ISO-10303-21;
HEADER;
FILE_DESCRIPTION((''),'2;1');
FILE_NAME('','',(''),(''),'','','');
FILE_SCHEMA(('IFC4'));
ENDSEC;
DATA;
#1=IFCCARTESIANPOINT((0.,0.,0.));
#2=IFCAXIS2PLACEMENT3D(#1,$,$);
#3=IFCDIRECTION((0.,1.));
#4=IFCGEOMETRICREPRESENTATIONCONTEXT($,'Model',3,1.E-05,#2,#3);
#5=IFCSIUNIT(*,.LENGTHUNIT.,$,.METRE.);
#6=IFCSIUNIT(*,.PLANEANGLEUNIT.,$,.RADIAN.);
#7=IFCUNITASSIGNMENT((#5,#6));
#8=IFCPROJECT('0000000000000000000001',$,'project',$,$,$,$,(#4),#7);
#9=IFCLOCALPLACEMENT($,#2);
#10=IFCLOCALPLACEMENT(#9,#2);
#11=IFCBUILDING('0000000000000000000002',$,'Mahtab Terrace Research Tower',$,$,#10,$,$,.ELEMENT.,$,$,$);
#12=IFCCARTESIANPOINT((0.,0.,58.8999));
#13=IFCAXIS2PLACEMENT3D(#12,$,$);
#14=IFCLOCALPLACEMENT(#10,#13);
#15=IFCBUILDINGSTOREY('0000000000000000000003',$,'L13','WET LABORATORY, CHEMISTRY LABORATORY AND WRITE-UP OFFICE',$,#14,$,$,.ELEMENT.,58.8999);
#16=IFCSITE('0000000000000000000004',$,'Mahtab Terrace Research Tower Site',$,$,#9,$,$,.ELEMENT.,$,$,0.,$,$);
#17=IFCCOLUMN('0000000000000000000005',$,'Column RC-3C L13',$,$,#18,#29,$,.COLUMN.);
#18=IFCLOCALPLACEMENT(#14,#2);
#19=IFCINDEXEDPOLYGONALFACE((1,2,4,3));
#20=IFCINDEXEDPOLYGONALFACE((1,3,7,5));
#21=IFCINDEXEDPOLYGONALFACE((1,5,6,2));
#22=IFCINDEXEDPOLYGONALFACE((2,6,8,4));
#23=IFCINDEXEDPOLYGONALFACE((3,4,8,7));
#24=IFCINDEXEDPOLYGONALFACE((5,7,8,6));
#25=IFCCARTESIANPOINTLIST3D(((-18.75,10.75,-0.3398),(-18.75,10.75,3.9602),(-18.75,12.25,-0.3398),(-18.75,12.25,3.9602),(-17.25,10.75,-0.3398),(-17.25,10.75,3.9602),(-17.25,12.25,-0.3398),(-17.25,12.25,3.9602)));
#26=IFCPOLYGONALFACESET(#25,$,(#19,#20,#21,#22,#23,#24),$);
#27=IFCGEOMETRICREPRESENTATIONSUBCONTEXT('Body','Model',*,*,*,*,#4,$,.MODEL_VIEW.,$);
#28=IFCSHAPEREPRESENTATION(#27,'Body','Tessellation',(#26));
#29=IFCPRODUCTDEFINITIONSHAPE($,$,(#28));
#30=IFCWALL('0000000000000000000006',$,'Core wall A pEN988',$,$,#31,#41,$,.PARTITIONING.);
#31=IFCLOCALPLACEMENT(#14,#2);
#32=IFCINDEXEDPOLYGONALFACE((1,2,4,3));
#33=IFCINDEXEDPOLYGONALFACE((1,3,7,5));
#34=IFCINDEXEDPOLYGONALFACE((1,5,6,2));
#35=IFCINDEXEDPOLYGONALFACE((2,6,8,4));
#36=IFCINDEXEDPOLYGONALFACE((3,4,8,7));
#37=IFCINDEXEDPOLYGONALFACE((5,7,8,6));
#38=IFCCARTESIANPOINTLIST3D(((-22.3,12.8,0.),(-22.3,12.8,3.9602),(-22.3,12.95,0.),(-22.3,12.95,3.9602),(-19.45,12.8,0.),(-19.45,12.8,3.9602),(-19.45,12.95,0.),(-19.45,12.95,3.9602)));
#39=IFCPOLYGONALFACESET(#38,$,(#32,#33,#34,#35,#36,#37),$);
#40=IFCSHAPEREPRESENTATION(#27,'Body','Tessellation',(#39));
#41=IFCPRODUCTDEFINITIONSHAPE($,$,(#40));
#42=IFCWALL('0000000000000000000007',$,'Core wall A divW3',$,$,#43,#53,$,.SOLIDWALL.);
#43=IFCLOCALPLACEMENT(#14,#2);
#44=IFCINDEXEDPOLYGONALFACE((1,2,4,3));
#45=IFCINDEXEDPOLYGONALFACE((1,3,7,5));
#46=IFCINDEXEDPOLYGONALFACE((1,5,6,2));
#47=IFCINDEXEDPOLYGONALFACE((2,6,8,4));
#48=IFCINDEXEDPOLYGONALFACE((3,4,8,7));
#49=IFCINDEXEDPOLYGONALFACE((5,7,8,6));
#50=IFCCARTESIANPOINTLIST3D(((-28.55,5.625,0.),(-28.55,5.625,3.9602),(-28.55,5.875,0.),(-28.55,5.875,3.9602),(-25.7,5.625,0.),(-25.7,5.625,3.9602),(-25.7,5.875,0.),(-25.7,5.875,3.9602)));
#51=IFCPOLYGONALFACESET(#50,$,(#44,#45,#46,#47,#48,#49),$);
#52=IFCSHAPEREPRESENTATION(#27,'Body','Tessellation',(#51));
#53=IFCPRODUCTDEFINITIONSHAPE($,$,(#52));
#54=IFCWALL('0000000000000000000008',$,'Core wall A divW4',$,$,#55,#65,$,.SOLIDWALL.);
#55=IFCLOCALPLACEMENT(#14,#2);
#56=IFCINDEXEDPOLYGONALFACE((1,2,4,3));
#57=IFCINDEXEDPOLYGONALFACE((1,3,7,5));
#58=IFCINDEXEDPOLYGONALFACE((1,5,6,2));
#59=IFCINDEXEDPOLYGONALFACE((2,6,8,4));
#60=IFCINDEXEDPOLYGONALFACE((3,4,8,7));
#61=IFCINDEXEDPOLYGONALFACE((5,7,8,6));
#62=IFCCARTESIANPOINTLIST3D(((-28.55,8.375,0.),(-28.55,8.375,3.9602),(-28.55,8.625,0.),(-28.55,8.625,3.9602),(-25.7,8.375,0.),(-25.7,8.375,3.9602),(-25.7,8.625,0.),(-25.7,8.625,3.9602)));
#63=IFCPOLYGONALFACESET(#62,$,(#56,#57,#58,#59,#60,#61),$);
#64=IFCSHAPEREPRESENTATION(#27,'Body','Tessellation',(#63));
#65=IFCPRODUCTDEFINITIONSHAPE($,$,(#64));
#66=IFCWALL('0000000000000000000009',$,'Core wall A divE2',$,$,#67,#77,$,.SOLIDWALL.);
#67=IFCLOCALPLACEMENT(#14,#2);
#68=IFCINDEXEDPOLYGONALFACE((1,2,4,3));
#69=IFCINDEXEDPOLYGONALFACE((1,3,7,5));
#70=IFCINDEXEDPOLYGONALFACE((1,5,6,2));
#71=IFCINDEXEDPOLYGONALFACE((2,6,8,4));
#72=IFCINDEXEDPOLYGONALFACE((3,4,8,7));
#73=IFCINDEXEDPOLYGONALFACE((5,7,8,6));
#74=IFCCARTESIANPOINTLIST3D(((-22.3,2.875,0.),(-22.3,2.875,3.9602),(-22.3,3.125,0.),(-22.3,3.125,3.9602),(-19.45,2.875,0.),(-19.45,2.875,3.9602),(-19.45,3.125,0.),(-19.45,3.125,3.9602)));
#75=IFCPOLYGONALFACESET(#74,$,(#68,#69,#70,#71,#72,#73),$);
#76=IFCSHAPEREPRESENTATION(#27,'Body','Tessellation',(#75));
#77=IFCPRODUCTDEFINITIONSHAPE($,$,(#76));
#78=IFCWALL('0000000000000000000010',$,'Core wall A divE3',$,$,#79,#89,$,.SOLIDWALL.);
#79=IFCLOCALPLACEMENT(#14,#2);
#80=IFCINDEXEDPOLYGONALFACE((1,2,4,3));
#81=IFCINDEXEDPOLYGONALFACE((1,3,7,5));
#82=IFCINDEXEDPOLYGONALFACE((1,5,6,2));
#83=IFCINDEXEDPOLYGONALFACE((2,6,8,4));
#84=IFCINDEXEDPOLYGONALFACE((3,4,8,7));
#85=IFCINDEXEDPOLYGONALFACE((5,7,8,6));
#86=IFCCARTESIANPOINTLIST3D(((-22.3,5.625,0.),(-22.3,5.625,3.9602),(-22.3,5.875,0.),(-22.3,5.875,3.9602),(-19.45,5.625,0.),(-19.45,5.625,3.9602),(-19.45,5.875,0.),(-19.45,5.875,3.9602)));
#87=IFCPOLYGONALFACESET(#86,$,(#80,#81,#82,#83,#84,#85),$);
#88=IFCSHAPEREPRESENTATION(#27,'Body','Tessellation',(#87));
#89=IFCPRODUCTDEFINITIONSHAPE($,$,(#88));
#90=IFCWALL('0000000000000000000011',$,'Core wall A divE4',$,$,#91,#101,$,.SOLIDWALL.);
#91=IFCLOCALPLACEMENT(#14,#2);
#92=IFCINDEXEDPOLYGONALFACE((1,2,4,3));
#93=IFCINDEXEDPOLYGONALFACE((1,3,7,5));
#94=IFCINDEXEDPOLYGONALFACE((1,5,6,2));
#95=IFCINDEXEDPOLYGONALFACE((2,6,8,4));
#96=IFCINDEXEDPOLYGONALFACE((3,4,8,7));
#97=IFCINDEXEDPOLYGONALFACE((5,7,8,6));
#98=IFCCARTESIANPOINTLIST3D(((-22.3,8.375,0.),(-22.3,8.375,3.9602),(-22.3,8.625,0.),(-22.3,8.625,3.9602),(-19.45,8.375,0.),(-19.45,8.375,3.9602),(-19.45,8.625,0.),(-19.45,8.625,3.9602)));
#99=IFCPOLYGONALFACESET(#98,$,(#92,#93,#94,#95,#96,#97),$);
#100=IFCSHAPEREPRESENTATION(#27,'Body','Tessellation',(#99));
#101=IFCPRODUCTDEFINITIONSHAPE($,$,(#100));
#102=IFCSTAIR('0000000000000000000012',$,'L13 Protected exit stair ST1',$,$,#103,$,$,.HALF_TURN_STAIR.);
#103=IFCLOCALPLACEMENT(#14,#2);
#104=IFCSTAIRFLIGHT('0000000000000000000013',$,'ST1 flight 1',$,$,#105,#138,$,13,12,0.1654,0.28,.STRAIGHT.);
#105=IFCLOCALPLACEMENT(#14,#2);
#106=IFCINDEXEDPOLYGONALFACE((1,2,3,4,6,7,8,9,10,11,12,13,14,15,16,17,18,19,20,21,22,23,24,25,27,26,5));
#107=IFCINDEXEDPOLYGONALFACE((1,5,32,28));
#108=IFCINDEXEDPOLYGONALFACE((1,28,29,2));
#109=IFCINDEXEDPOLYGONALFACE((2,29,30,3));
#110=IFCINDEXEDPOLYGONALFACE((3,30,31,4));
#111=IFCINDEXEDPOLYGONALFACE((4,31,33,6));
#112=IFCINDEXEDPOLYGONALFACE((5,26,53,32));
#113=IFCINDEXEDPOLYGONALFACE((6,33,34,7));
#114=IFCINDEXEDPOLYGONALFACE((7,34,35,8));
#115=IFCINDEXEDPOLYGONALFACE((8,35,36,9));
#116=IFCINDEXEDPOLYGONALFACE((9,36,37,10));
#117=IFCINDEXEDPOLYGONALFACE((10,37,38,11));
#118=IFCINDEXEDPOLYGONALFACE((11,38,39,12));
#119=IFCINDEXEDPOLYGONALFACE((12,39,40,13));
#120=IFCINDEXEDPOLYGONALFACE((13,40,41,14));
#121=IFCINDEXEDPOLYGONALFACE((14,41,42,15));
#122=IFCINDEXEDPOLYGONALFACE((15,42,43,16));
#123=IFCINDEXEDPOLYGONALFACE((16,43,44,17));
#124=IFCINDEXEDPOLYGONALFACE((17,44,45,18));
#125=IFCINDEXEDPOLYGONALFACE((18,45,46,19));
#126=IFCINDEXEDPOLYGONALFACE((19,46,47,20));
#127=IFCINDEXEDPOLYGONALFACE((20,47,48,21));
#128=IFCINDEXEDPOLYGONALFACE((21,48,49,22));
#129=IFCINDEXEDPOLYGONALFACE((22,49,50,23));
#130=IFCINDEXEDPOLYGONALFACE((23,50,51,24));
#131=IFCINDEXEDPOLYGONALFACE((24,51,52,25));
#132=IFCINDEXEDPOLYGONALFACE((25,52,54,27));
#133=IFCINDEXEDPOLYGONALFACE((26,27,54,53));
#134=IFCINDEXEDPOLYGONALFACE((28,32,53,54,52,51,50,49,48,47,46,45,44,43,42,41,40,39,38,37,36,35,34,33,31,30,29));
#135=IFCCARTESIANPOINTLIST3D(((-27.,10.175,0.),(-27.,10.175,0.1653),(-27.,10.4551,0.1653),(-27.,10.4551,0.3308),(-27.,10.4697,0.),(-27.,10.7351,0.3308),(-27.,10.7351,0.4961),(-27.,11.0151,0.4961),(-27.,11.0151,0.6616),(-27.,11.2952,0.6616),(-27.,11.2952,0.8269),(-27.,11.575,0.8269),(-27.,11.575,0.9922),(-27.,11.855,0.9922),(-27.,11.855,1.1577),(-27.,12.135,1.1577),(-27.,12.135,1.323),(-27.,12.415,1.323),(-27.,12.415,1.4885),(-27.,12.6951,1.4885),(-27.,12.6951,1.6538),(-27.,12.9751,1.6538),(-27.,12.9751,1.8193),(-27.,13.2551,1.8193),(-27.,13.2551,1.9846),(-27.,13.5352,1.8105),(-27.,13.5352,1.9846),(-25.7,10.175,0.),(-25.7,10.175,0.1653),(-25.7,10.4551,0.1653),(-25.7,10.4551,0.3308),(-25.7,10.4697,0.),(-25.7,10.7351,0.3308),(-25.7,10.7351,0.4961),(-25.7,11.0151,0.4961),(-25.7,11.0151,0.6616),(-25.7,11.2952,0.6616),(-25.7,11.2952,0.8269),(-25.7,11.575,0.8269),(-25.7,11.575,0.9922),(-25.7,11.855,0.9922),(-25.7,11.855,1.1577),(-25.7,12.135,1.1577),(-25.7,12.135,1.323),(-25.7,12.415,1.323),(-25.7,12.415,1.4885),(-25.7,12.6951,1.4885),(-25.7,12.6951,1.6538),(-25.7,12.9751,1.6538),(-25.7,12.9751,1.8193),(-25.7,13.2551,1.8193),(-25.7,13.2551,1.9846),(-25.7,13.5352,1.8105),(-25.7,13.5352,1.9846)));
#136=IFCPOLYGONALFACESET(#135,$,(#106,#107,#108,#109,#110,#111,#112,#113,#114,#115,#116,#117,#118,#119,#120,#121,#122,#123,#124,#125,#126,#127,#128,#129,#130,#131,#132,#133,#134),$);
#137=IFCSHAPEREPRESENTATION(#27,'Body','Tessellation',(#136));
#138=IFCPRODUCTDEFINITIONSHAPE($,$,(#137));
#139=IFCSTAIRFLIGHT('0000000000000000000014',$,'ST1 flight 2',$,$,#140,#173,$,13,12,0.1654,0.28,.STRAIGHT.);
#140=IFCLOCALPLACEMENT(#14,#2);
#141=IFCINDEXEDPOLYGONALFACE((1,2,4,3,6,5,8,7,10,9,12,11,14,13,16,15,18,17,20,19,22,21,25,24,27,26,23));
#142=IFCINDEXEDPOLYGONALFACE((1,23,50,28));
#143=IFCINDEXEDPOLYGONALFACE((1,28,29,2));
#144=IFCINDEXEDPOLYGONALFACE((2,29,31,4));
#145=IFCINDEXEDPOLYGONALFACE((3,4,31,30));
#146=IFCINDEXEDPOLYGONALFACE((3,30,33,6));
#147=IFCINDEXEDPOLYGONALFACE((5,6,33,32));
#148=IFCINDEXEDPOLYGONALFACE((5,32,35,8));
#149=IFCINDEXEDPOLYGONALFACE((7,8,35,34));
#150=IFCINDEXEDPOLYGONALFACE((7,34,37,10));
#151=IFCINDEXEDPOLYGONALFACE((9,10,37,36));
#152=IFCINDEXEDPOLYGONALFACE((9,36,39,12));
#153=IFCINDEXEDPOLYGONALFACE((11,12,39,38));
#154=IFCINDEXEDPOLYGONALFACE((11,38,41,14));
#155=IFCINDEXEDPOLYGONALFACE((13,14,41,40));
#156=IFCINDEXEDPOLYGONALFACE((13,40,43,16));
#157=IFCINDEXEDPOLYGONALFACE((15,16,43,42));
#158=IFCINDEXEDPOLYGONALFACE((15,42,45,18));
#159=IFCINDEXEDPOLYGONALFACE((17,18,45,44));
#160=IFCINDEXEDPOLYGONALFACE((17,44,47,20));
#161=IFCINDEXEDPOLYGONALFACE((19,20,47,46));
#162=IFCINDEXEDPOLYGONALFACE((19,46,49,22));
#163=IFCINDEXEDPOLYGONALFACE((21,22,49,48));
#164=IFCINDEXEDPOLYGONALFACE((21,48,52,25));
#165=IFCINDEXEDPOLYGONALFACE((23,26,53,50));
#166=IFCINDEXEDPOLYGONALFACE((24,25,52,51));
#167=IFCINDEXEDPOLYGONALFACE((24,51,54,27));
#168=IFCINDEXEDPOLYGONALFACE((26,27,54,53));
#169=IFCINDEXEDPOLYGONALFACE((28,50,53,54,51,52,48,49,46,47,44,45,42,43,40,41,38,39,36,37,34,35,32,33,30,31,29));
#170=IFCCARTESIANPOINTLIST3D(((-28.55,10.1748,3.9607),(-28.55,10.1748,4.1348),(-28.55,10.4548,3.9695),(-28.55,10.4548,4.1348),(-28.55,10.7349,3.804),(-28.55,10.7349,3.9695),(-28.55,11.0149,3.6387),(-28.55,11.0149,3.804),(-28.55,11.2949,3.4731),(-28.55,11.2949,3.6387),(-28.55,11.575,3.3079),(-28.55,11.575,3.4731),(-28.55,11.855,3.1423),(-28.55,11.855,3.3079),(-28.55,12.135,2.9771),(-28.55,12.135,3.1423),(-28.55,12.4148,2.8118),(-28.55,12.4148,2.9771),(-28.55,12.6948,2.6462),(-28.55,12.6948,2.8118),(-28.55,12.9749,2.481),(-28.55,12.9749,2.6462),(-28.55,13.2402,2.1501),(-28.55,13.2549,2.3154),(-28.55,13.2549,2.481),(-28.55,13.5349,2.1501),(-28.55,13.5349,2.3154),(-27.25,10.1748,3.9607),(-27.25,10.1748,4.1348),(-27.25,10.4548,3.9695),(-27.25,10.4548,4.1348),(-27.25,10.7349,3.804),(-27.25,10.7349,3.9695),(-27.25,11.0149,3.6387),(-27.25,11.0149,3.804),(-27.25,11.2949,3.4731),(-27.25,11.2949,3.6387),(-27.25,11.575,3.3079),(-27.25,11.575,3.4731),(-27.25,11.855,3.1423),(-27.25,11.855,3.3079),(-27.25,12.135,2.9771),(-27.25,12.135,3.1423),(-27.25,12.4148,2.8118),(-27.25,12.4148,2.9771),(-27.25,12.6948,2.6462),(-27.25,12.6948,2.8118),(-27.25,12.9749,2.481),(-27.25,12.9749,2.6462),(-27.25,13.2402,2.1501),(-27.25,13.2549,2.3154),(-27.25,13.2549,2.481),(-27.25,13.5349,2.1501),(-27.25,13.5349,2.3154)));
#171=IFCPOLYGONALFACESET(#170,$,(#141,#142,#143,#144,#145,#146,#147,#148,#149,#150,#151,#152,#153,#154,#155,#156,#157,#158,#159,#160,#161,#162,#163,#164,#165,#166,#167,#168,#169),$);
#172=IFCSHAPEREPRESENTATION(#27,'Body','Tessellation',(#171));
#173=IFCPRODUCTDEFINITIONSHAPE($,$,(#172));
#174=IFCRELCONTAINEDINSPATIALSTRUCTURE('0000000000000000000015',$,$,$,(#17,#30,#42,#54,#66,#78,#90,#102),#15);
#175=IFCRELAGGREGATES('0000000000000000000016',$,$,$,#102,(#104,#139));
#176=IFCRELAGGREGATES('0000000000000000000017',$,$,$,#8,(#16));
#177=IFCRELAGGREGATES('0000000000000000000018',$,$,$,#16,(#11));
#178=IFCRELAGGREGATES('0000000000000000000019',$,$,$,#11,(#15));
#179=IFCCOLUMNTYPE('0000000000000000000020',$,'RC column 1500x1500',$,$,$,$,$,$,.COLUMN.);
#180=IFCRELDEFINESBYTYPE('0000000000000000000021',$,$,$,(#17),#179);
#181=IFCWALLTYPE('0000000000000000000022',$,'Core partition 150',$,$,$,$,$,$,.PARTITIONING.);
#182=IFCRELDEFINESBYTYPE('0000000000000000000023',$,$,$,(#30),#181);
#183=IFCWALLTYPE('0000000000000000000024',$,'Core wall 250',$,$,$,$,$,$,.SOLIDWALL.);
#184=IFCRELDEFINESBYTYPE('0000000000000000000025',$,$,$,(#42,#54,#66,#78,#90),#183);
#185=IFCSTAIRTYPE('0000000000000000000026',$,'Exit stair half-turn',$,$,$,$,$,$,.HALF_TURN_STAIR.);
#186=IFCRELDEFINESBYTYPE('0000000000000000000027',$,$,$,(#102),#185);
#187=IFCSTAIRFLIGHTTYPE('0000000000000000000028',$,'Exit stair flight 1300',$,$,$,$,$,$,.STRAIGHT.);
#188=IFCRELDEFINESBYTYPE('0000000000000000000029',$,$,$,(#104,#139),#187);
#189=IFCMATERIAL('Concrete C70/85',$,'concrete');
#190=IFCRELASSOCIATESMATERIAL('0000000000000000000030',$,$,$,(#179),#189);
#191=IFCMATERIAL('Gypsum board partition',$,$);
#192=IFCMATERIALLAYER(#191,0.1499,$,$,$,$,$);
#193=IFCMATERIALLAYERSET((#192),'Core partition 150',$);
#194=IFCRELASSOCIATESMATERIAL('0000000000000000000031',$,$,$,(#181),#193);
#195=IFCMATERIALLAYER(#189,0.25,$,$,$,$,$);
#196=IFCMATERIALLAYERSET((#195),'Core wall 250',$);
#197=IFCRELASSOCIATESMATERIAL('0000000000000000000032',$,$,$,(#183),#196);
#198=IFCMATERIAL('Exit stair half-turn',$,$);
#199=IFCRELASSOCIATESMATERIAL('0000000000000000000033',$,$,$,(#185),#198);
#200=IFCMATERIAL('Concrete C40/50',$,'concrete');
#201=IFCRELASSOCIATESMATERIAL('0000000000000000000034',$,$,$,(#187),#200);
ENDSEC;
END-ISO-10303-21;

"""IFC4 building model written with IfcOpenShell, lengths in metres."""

from ifc_helpers import new_model, si_unit, direction, frame, frame_2d, origin, origin_2d, place, context, subcontext, project, spatial, polyline, rectangle, outline, extrude, material, layer, layer_set, material_profile, profile_set, type_object, element, aggregate, save


model = new_model("IFC4")

# Units and contexts
model_context = context("Model", 3, precision=1e-05, world=origin(), true_north=direction((0.0, 1.0)))
body_context = subcontext(model_context, "Body", "Model", "MODEL_VIEW")
ifc_project = project(units=[si_unit("LENGTHUNIT", "METRE"), si_unit("PLANEANGLEUNIT", "RADIAN")], contexts=[model_context])

# Site, building, storey
site_placement = place(None, origin())
site = spatial("IfcSite", under=ifc_project, at=site_placement, Name="Mahtab Terrace Research Tower Site", CompositionType="ELEMENT", RefElevation=0.0)
building_placement = place(site_placement, origin())
building = spatial("IfcBuilding", under=site, at=building_placement, Name="Mahtab Terrace Research Tower", CompositionType="ELEMENT")
storey_placement = place(building_placement, frame((0.0, 0.0, 58.8999)))
storey = spatial("IfcBuildingStorey", under=building, at=storey_placement, Name="L13", Description="WET LABORATORY, CHEMISTRY LABORATORY AND WRITE-UP OFFICE", CompositionType="ELEMENT", Elevation=58.8999)

# Column
ifc_material_1 = material(Name="Concrete C70/85", Category="concrete")
ifc_material_profile = material_profile(ifc_material_1, rectangle(XDim=1.5, YDim=1.5, at=origin_2d()), Name="RC column 1500x1500")
ifc_profile_set = profile_set([ifc_material_profile], Name="Concrete C70/85")
column_type = type_object("IfcColumnType", Name="RC column 1500x1500", PredefinedType="COLUMN", material=ifc_profile_set)
column_placement = place(storey_placement, frame((-18.0, 11.5, -0.3398), z_axis=(0.0, 0.0, 1.0), x_axis=(1.0, 0.0, 0.0)))
element("IfcColumn", 1, at=column_placement, inside=storey, type_object=column_type, Name="Column RC-3C L13", PredefinedType="COLUMN", context=body_context, shape_type="SweptSolid", body=[
    extrude(rectangle(XDim=1.5, YDim=1.5, at=origin_2d()), origin(), (0.0, 0.0, 1.0), 4.3),
])

# Walls
ifc_material_2 = material(Name="Gypsum board partition")
ifc_layer_1 = layer(ifc_material_2, 0.1499)
ifc_layer_set_1 = layer_set([ifc_layer_1], Name="Core partition 150")
wall_type_1 = type_object("IfcWallType", Name="Core partition 150", PredefinedType="PARTITIONING", material=ifc_layer_set_1)
wall_placement = place(storey_placement, frame((-22.3, 12.875, 0.0), z_axis=(0.0, 0.0, 1.0), x_axis=(1.0, 0.0, 0.0)))
element("IfcWall", 2, at=wall_placement, inside=storey, type_object=wall_type_1, Name="Core wall A pEN988", PredefinedType="PARTITIONING", context=body_context, shape_type="SweptSolid", body=[
    extrude(rectangle(XDim=2.8501, YDim=0.1499, at=frame_2d((1.425, 0.0))), origin(), (0.0, 0.0, 1.0), 3.9602),
])
ifc_layer_2 = layer(ifc_material_1, 0.25)
ifc_layer_set_2 = layer_set([ifc_layer_2], Name="Core wall 250")
wall_type_2 = type_object("IfcWallType", Name="Core wall 250", PredefinedType="SOLIDWALL", material=ifc_layer_set_2)
for number, where, z_axis, x_axis, name in (
    (3, (-28.55, 5.75, 0.0), (0.0, 0.0, 1.0), (1.0, 0.0, 0.0), "Core wall A divW3"),
    (4, (-28.55, 8.5, 0.0), (0.0, 0.0, 1.0), (1.0, 0.0, 0.0), "Core wall A divW4"),
    (5, (-22.3, 3.0, 0.0), (0.0, 0.0, 1.0), (1.0, 0.0, 0.0), "Core wall A divE2"),
    (6, (-22.3, 5.75, 0.0), (0.0, 0.0, 1.0), (1.0, 0.0, 0.0), "Core wall A divE3"),
    (7, (-22.3, 8.5, 0.0), (0.0, 0.0, 1.0), (1.0, 0.0, 0.0), "Core wall A divE4"),
):
    element("IfcWall", number, at=place(storey_placement, frame(where, z_axis=z_axis, x_axis=x_axis)), inside=storey, type_object=wall_type_2, Name=name, PredefinedType="SOLIDWALL", context=body_context, shape_type="SweptSolid", body=[
        extrude(rectangle(XDim=2.8501, YDim=0.25, at=frame_2d((1.425, 0.0))), origin(), (0.0, 0.0, 1.0), 3.9602),
    ])

# Stair, stair flights
ifc_material_3 = material(Name="Exit stair half-turn")
stair_type = type_object("IfcStairType", Name="Exit stair half-turn", PredefinedType="HALF_TURN_STAIR", material=ifc_material_3)
stair_placement = place(storey_placement, origin())
stair = element("IfcStair", 8, at=stair_placement, inside=storey, type_object=stair_type, Name="L13 Protected exit stair ST1", PredefinedType="HALF_TURN_STAIR")
ifc_material_4 = material(Name="Concrete C40/50", Category="concrete")
stair_flight_type = type_object("IfcStairFlightType", Name="Exit stair flight 1300", PredefinedType="STRAIGHT", material=ifc_material_4)
stair_flight_1_placement = place(storey_placement, frame((-26.3501, 10.175, 0.0), z_axis=(0.0, 0.0, 1.0), x_axis=(0.0, 1.0, 0.0)))
stair_flight_1 = element("IfcStairFlight", 9, at=stair_flight_1_placement, type_object=stair_flight_type, Name="ST1 flight 1", NumberOfRisers=13, NumberOfTreads=12, PredefinedType="STRAIGHT", RiserHeight=0.1654, TreadLength=0.28, context=body_context, shape_type="SweptSolid", body=[
    extrude(outline(polyline([(0.0, 0.0), (0.0, 0.1653), (0.28, 0.1653), (0.28, 0.3308), (0.5601, 0.3308), (0.5601, 0.4961), (0.8401, 0.4961), (0.8401, 0.6616), (1.1201, 0.6616), (1.1201, 0.8269), (1.3999, 0.8269), (1.3999, 0.9922), (1.6799, 0.9922), (1.6799, 1.1577), (1.96, 1.1577), (1.96, 1.323), (2.24, 1.323), (2.24, 1.4885), (2.52, 1.4885), (2.52, 1.6538), (2.8, 1.6538), (2.8, 1.8193), (3.0801, 1.8193), (3.0801, 1.9846), (3.3601, 1.9846), (3.3601, 2.1499), (3.3601, 1.8105), (0.2947, 0.0), (0.0, 0.0)])), frame((0.0, 0.6499, 0.0), z_axis=(0.0, -1.0, 0.0), x_axis=(1.0, 0.0, 0.0)), (0.0, 0.0, 1.0), 1.3),
])
stair_flight_2_placement = place(storey_placement, frame((-27.8999, 13.5349, 2.1501), z_axis=(0.0, 0.0, 1.0), x_axis=(0.0, -1.0, 0.0)))
stair_flight_2 = element("IfcStairFlight", 10, at=stair_flight_2_placement, type_object=stair_flight_type, Name="ST1 flight 2", NumberOfRisers=13, NumberOfTreads=12, PredefinedType="STRAIGHT", RiserHeight=0.1654, TreadLength=0.28, context=body_context, shape_type="SweptSolid", body=[
    extrude(outline(polyline([(0.0, 0.0), (0.0, 0.1653), (0.28, 0.1653), (0.28, 0.3308), (0.5601, 0.3308), (0.5601, 0.4961), (0.8401, 0.4961), (0.8401, 0.6616), (1.1201, 0.6616), (1.1201, 0.8269), (1.3999, 0.8269), (1.3999, 0.9922), (1.6799, 0.9922), (1.6799, 1.1577), (1.96, 1.1577), (1.96, 1.323), (2.24, 1.323), (2.24, 1.4885), (2.52, 1.4885), (2.52, 1.6538), (2.8, 1.6538), (2.8, 1.8193), (3.0801, 1.8193), (3.0801, 1.9846), (3.3601, 1.9846), (3.3601, 2.1499), (3.3601, 1.8105), (0.2947, 0.0), (0.0, 0.0)])), frame((0.0, 0.6499, 0.0), z_axis=(0.0, -1.0, 0.0), x_axis=(1.0, 0.0, 0.0)), (0.0, 0.0, 1.0), 1.3),
])
aggregate(stair, [stair_flight_1, stair_flight_2])

save(model, "model.ifc")
